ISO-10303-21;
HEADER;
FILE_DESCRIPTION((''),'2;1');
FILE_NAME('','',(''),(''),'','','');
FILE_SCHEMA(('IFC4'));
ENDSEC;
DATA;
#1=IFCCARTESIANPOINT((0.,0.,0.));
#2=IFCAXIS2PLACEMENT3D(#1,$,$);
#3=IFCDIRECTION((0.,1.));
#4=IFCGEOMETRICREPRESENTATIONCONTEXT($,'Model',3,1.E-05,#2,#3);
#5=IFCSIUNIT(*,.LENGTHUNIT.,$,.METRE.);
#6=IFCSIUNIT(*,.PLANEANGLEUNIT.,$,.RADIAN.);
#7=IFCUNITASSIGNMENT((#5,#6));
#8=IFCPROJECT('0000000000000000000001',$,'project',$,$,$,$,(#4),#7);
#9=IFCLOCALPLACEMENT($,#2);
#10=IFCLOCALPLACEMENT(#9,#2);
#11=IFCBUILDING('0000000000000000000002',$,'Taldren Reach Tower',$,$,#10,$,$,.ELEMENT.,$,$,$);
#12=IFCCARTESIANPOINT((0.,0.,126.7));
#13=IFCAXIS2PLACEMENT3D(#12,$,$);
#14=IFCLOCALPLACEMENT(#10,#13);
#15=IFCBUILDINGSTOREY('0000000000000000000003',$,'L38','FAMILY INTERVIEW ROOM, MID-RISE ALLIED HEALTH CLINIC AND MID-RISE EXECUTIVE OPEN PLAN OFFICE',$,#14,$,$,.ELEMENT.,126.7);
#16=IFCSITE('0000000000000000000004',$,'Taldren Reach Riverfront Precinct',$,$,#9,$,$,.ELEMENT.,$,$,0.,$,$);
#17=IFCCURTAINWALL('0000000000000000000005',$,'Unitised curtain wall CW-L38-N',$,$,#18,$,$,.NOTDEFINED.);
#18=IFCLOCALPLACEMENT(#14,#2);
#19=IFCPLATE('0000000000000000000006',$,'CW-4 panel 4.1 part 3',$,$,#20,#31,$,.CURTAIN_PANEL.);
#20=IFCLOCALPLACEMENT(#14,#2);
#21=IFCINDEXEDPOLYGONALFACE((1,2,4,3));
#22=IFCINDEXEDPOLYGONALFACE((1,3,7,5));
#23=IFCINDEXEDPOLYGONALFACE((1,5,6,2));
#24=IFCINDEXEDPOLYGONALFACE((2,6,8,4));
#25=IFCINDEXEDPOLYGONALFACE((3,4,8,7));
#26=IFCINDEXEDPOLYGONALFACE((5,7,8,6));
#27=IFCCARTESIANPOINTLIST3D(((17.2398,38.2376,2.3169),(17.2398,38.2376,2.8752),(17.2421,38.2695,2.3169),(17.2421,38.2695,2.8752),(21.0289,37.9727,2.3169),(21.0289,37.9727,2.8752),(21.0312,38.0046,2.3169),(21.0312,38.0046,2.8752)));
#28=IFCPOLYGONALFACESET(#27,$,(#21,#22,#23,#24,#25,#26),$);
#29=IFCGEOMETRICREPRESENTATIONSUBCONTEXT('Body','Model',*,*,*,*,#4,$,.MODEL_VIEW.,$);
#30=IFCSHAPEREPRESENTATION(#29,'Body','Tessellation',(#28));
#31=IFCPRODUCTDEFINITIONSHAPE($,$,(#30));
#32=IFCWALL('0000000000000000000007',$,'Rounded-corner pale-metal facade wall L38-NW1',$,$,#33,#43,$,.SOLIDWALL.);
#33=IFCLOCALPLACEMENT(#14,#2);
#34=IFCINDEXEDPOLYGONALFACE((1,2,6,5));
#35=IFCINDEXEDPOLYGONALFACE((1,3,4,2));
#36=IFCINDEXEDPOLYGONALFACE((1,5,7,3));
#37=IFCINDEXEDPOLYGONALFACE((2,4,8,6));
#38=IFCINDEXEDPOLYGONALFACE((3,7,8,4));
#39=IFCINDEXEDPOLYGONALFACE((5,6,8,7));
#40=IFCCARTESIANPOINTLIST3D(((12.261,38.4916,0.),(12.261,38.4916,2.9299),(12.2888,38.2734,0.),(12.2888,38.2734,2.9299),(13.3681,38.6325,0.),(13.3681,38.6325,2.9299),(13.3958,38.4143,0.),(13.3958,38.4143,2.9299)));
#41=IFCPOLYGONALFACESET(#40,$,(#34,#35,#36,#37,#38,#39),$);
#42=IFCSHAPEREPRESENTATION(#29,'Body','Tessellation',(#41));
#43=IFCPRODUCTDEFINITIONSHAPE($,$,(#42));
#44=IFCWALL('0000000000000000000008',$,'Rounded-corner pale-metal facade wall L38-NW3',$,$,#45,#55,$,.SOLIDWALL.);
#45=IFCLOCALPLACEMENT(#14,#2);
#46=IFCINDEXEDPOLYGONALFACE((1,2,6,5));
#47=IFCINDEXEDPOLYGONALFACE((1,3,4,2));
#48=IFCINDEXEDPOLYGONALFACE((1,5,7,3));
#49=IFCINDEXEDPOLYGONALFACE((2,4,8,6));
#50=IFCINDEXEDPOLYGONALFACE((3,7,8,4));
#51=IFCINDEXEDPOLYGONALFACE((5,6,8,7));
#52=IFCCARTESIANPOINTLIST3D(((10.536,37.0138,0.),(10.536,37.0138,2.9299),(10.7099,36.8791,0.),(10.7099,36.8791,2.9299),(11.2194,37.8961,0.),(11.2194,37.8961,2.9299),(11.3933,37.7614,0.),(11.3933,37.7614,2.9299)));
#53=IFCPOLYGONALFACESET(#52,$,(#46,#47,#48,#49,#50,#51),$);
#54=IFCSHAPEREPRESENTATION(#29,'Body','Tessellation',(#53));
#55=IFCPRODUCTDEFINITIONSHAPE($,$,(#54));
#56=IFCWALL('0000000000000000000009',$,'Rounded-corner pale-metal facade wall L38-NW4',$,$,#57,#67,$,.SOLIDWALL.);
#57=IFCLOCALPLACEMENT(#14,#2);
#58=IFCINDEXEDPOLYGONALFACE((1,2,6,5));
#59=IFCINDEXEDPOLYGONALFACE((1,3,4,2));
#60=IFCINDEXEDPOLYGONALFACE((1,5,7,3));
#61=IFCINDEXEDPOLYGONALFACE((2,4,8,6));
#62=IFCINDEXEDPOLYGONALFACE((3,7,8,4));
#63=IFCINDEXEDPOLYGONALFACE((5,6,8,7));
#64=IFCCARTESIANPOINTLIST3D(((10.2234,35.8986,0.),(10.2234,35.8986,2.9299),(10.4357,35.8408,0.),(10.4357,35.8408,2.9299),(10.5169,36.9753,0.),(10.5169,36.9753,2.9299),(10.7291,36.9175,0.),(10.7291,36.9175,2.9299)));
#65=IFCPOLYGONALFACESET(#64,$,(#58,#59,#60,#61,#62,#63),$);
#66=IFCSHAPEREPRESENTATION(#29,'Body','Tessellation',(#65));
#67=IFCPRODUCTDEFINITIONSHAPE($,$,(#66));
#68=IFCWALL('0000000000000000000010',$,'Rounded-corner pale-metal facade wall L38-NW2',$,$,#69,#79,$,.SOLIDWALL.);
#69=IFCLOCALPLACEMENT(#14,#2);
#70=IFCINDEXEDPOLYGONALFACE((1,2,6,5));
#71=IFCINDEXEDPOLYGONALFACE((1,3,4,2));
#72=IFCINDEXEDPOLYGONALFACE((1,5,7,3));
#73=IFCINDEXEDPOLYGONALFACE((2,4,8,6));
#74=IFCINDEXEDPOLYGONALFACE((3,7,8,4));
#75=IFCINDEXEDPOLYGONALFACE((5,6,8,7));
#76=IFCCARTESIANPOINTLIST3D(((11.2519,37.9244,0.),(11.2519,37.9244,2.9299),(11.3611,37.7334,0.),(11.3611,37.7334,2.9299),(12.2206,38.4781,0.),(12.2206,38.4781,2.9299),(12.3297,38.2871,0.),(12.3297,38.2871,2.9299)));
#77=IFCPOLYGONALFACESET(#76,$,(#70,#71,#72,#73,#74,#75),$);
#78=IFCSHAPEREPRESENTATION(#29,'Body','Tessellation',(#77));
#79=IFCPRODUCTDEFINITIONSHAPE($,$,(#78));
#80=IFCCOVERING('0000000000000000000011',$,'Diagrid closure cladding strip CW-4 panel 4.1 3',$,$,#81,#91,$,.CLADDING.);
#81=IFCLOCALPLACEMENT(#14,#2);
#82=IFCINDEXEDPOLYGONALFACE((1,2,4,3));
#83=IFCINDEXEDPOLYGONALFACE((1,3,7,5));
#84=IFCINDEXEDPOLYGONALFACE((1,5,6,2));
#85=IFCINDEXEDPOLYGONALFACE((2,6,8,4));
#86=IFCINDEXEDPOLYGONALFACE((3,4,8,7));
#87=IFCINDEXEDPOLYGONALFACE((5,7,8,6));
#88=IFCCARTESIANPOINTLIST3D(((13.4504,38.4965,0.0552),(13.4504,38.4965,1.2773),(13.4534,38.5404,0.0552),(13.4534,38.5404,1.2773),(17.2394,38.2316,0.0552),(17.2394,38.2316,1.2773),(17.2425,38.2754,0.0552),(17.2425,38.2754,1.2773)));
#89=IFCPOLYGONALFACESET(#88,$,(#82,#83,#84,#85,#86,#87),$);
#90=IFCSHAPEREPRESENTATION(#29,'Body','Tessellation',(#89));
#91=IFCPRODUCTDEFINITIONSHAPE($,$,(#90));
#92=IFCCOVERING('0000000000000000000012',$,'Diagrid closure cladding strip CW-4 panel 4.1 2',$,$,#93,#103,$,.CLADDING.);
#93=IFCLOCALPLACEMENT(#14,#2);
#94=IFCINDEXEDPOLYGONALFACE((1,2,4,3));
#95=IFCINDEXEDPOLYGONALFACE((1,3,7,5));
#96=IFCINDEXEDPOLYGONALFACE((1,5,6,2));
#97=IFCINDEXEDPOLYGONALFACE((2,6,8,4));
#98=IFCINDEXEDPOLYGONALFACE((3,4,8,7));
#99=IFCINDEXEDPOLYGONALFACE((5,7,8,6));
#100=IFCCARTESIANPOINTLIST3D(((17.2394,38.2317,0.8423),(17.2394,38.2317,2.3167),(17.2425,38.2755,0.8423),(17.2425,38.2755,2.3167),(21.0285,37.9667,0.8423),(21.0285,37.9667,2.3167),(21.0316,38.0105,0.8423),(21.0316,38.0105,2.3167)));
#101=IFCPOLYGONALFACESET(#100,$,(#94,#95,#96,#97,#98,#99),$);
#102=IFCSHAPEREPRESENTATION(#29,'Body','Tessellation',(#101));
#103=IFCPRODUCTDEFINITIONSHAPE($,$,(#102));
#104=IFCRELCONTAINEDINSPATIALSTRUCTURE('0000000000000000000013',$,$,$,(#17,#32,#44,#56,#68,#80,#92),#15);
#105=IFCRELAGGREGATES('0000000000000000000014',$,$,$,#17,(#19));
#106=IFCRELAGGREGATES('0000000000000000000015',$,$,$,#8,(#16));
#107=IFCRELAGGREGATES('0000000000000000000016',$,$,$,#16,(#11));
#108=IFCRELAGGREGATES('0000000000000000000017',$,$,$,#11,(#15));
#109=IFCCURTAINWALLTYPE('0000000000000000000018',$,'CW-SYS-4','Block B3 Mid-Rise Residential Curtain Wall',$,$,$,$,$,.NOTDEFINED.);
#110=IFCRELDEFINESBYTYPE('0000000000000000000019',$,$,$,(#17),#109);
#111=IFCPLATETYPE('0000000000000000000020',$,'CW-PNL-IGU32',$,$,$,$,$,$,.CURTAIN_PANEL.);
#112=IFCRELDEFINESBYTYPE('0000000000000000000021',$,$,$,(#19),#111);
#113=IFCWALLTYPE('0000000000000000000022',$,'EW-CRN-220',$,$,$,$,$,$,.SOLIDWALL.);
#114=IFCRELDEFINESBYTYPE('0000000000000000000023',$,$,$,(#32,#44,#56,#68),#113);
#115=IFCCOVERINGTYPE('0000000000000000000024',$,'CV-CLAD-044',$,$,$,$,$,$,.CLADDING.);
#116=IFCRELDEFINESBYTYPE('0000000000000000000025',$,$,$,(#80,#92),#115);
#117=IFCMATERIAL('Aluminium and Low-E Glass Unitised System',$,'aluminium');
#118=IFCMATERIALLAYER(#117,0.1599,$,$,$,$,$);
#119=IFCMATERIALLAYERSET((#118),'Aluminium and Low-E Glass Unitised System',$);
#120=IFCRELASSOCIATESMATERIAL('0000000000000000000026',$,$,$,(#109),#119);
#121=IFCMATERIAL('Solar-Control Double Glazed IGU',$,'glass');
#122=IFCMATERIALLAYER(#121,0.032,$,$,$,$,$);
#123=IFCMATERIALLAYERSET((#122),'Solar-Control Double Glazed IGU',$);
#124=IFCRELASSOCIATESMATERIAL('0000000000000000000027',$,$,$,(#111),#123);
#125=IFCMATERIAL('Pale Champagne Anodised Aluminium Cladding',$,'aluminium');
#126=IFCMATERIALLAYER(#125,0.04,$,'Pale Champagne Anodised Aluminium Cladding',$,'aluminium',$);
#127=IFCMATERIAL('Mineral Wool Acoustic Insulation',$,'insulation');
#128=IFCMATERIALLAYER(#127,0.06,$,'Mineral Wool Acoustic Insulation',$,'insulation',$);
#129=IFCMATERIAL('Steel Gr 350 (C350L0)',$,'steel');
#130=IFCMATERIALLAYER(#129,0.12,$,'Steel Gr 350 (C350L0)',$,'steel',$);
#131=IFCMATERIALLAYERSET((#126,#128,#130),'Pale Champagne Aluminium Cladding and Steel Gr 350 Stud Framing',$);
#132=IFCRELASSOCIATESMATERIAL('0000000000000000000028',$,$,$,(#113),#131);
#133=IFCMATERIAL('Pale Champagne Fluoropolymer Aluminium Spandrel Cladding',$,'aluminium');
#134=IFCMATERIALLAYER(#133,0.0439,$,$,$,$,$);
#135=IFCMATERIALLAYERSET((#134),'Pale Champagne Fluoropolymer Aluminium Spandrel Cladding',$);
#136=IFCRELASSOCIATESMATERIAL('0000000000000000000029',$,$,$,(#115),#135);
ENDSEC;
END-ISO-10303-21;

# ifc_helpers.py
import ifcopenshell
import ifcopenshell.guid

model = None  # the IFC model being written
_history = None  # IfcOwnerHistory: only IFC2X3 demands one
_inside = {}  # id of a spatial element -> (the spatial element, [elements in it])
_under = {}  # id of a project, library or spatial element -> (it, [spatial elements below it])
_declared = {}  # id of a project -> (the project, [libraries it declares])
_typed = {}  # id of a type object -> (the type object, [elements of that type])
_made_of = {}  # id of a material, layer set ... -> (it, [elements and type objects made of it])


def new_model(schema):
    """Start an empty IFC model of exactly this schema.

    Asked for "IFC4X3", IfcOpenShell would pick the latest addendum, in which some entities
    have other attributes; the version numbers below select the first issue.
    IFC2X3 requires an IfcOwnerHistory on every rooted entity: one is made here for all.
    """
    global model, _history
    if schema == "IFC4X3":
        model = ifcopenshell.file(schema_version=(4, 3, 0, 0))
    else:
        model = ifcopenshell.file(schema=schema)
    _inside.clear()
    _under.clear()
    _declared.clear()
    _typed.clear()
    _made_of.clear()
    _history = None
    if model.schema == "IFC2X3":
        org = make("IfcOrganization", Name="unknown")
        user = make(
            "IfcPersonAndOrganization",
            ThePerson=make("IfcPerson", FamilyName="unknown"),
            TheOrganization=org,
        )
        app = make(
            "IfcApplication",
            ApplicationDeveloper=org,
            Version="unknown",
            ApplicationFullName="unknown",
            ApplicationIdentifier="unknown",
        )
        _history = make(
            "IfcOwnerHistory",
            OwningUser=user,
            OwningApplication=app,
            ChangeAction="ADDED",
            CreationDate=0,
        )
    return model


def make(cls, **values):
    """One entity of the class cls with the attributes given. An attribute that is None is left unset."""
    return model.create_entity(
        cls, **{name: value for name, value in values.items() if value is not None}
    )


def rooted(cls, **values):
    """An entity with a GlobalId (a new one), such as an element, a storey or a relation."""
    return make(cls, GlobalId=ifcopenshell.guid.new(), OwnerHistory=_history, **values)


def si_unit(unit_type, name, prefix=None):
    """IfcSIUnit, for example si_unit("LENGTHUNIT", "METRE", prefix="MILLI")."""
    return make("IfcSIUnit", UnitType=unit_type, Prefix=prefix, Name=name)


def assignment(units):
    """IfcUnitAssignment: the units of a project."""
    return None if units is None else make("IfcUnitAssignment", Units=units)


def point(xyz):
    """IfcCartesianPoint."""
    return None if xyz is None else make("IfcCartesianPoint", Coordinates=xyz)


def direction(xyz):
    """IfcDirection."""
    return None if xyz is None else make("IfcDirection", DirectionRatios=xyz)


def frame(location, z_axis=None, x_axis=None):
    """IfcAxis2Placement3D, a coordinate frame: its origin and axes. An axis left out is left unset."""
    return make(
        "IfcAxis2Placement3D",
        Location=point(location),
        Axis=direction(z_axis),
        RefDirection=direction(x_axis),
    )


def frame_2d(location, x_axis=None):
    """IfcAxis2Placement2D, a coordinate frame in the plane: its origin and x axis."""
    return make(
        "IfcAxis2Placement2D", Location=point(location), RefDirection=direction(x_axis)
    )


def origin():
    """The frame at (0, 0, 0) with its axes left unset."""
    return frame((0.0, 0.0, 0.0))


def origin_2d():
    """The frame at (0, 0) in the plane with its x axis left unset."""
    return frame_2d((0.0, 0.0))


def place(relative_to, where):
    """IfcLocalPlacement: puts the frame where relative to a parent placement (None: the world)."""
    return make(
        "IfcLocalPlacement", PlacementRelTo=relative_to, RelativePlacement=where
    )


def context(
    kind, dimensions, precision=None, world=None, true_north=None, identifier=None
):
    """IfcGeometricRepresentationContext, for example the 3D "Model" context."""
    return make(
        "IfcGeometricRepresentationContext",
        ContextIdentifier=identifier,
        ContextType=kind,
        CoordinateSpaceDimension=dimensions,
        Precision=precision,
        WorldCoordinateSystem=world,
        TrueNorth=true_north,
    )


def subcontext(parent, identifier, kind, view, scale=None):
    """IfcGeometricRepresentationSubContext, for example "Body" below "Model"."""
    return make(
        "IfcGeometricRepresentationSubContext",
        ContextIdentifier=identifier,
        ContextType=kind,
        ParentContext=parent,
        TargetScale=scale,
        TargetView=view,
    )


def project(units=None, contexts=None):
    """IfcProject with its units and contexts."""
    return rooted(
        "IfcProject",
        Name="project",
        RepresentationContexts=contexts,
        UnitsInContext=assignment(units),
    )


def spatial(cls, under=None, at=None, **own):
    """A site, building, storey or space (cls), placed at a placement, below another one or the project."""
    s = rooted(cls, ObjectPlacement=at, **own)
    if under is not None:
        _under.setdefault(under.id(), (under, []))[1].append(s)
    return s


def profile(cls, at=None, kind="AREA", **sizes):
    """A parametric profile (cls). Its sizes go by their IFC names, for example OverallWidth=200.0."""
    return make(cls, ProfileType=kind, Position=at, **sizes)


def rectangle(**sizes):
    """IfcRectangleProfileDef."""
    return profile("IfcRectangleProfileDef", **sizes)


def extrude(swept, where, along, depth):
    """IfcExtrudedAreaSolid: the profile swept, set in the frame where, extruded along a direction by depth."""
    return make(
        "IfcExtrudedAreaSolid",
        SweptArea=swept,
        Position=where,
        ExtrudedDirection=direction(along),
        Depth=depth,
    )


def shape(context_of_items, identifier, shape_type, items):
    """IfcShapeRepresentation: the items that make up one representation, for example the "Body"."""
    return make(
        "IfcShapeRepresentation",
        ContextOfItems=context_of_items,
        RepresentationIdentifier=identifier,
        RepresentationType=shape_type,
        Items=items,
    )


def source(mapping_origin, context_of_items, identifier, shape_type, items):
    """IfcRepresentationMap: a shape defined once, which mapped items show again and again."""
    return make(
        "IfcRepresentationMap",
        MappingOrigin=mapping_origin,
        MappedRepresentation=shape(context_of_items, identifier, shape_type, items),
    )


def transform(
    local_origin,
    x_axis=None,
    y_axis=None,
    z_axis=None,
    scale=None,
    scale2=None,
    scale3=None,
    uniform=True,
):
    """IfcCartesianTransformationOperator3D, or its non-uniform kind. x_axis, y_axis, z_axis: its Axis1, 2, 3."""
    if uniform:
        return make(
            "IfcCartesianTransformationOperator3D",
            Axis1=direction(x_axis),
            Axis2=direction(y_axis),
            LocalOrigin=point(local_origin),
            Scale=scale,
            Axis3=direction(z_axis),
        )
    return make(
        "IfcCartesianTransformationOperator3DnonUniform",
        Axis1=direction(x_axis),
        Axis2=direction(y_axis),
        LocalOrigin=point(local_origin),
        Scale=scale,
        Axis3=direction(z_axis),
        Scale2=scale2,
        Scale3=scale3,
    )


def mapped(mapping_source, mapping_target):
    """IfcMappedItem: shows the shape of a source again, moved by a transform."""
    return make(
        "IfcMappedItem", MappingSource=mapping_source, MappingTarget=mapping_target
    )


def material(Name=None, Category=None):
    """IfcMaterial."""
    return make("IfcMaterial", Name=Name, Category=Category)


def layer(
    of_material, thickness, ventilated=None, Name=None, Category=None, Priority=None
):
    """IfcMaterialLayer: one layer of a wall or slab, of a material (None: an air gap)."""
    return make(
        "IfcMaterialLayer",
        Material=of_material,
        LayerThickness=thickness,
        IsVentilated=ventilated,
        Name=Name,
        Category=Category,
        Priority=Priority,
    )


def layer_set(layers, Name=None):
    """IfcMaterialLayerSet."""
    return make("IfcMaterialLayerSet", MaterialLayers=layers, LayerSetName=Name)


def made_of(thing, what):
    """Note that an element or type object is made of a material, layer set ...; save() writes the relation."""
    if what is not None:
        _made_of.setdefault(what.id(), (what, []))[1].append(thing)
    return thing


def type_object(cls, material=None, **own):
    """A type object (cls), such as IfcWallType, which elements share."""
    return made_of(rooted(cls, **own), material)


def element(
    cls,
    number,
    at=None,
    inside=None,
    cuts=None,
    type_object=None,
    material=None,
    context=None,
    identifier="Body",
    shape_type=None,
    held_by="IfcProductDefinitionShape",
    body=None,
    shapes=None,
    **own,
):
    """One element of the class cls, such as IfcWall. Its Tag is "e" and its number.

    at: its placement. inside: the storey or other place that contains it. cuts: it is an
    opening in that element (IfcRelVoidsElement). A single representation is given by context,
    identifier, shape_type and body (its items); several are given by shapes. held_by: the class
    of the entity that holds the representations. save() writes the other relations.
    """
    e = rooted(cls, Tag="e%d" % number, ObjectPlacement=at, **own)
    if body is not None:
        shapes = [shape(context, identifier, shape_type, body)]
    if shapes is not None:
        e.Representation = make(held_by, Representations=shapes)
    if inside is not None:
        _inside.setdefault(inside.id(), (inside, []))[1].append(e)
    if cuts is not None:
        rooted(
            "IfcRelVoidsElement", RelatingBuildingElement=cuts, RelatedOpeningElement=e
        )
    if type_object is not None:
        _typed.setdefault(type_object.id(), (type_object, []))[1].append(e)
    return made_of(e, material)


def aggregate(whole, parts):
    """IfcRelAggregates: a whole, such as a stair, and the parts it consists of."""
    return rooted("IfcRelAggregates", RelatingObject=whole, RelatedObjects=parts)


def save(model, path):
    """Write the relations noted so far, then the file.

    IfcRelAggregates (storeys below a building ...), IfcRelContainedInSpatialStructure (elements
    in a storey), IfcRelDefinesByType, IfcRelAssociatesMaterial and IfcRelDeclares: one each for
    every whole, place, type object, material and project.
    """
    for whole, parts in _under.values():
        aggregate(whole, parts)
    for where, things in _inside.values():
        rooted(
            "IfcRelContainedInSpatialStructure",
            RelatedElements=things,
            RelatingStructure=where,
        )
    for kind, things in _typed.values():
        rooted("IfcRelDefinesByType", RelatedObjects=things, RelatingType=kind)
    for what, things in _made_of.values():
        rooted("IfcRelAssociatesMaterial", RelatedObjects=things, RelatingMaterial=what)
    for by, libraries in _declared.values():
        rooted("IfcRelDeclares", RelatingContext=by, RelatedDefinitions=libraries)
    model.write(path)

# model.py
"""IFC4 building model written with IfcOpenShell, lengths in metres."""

from ifc_helpers import new_model, si_unit, direction, frame, frame_2d, origin, origin_2d, place, context, subcontext, project, spatial, rectangle, extrude, source, transform, mapped, material, layer, layer_set, type_object, element, aggregate, save


model = new_model("IFC4")

# Units and contexts
model_context = context("Model", 3, precision=1e-05, world=origin(), true_north=direction((0.0, 1.0)))
body_context = subcontext(model_context, "Body", "Model", "MODEL_VIEW")
ifc_project = project(units=[si_unit("LENGTHUNIT", "METRE"), si_unit("PLANEANGLEUNIT", "RADIAN")], contexts=[model_context])

# Site, building, storey
site_placement = place(None, origin())
site = spatial("IfcSite", under=ifc_project, at=site_placement, Name="Taldren Reach Riverfront Precinct", CompositionType="ELEMENT", RefElevation=0.0)
building_placement = place(site_placement, origin())
building = spatial("IfcBuilding", under=site, at=building_placement, Name="Taldren Reach Tower", CompositionType="ELEMENT")
storey_placement = place(building_placement, frame((0.0, 0.0, 126.7)))
storey = spatial("IfcBuildingStorey", under=building, at=storey_placement, Name="L38", Description="FAMILY INTERVIEW ROOM, MID-RISE ALLIED HEALTH CLINIC AND MID-RISE EXECUTIVE OPEN PLAN OFFICE", CompositionType="ELEMENT", Elevation=126.7)

# Shared definitions
ifc_material_1 = material(Name="Steel Gr 350 (C350L0)", Category="steel")

# Shared definitions
ifc_material_2 = material(Name="Aluminium and Low-E Glass Unitised System", Category="aluminium")
ifc_layer_1 = layer(ifc_material_2, 0.1599)
ifc_layer_set_1 = layer_set([ifc_layer_1], Name="Aluminium and Low-E Glass Unitised System")
curtain_wall_type = type_object("IfcCurtainWallType", Name="CW-SYS-4", Description="Block B3 Mid-Rise Residential Curtain Wall", PredefinedType="NOTDEFINED", material=ifc_layer_set_1)

# Curtain wall
curtain_wall_1_placement = place(storey_placement, origin())
curtain_wall_1 = element("IfcCurtainWall", 1, at=curtain_wall_1_placement, inside=storey, type_object=curtain_wall_type, Name="Unitised curtain wall CW-L38-N", PredefinedType="NOTDEFINED")

# Plate
ifc_material_3 = material(Name="Solar-Control Double Glazed IGU", Category="glass")
ifc_layer_2 = layer(ifc_material_3, 0.032)
ifc_layer_set_2 = layer_set([ifc_layer_2], Name="Solar-Control Double Glazed IGU")
plate_type_1 = type_object("IfcPlateType", Name="CW-PNL-IGU32", PredefinedType="CURTAIN_PANEL", material=ifc_layer_set_2)
shared_shape_1 = source(origin(), body_context, "Body", "SweptSolid", [
    extrude(rectangle(XDim=3.7983, YDim=0.032, at=origin_2d()), origin(), (0.0, 0.0, 1.0), 0.5583),
])
plate_1_placement = place(storey_placement, frame((19.1355, 38.1211, 2.3169), z_axis=(0.0, 0.0, 1.0), x_axis=(-0.997564, 0.069757, 0.0)))
plate_1 = element("IfcPlate", 2, at=plate_1_placement, type_object=plate_type_1, Name="CW-4 panel 4.1 part 3", PredefinedType="CURTAIN_PANEL", context=body_context, shape_type="MappedRepresentation", body=[
    mapped(shared_shape_1, transform((0.0, 0.0, 0.0), scale=1.0)),
])
aggregate(curtain_wall_1, [plate_1])

# Walls
ifc_material_4 = material(Name="Pale Champagne Anodised Aluminium Cladding", Category="aluminium")
ifc_layer_3 = layer(ifc_material_4, 0.04, Name="Pale Champagne Anodised Aluminium Cladding", Category="aluminium")
ifc_material_5 = material(Name="Mineral Wool Acoustic Insulation", Category="insulation")
ifc_layer_4 = layer(ifc_material_5, 0.06, Name="Mineral Wool Acoustic Insulation", Category="insulation")
ifc_layer_5 = layer(ifc_material_1, 0.12, Name="Steel Gr 350 (C350L0)", Category="steel")
ifc_layer_set_3 = layer_set([ifc_layer_3, ifc_layer_4, ifc_layer_5], Name="Pale Champagne Aluminium Cladding and Steel Gr 350 Stud Framing")
wall_type = type_object("IfcWallType", Name="EW-CRN-220", PredefinedType="SOLIDWALL", material=ifc_layer_set_3)
shared_shape_2 = source(origin(), body_context, "Body", "SweptSolid", [
    extrude(rectangle(XDim=1.116, YDim=0.22, at=frame_2d((0.5581, 0.0))), origin(), (0.0, 0.0, 1.0), 2.9299),
])
for number, where, z_axis, x_axis, name in (
    (3, (13.3821, 38.5234, 0.0), (0.0, 0.0, 1.0), (-0.991999, -0.126243, 0.0), "Rounded-corner pale-metal facade wall L38-NW1"),
    (4, (11.3064, 37.8289, 0.0), (0.0, 0.0, 1.0), (-0.612319, -0.790611, 0.0), "Rounded-corner pale-metal facade wall L38-NW3"),
    (5, (10.623, 36.9465, 0.0), (0.0, 0.0, 1.0), (-0.262969, -0.964804, 0.0), "Rounded-corner pale-metal facade wall L38-NW4"),
):
    element("IfcWall", number, at=place(storey_placement, frame(where, z_axis=z_axis, x_axis=x_axis)), inside=storey, type_object=wall_type, Name=name, PredefinedType="SOLIDWALL", context=body_context, shape_type="MappedRepresentation", body=[
        mapped(shared_shape_2, transform((0.0, 0.0, 0.0), scale=1.0)),
    ])
shared_shape_3 = source(origin(), body_context, "Body", "SweptSolid", [
    extrude(rectangle(XDim=1.1157, YDim=0.22, at=frame_2d((0.5579, 0.0))), origin(), (0.0, 0.0, 1.0), 2.9299),
])
wall_placement = place(storey_placement, frame((12.2751, 38.3826, 0.0), z_axis=(0.0, 0.0, 1.0), x_axis=(-0.868189, -0.496233, 0.0)))
element("IfcWall", 6, at=wall_placement, inside=storey, type_object=wall_type, Name="Rounded-corner pale-metal facade wall L38-NW2", PredefinedType="SOLIDWALL", context=body_context, shape_type="MappedRepresentation", body=[
    mapped(shared_shape_3, transform((0.0, 0.0, 0.0), scale=1.0)),
])

# Coverings
ifc_material_6 = material(Name="Pale Champagne Fluoropolymer Aluminium Spandrel Cladding", Category="aluminium")
ifc_layer_6 = layer(ifc_material_6, 0.0439)
ifc_layer_set_4 = layer_set([ifc_layer_6], Name="Pale Champagne Fluoropolymer Aluminium Spandrel Cladding")
covering_type = type_object("IfcCoveringType", Name="CV-CLAD-044", PredefinedType="CLADDING", material=ifc_layer_set_4)
shared_shape_4 = source(origin(), body_context, "Body", "SweptSolid", [
    extrude(rectangle(XDim=3.7983, YDim=0.0439, at=origin_2d()), origin(), (0.0, 0.0, 1.0), 1.2222),
])
covering_1_placement = place(storey_placement, frame((15.3464, 38.386, 0.0552), z_axis=(0.0, 0.0, 1.0), x_axis=(-0.997564, 0.069757, 0.0)))
element("IfcCovering", 7, at=covering_1_placement, inside=storey, type_object=covering_type, Name="Diagrid closure cladding strip CW-4 panel 4.1 3", PredefinedType="CLADDING", context=body_context, shape_type="MappedRepresentation", body=[
    mapped(shared_shape_4, transform((0.0, 0.0, 0.0), scale=1.0)),
])
shared_shape_5 = source(origin(), body_context, "Body", "SweptSolid", [
    extrude(rectangle(XDim=3.7983, YDim=0.0439, at=origin_2d()), origin(), (0.0, 0.0, 1.0), 1.4744),
])
covering_2_placement = place(storey_placement, frame((19.1355, 38.1211, 0.8423), z_axis=(0.0, 0.0, 1.0), x_axis=(-0.997564, 0.069757, 0.0)))
element("IfcCovering", 8, at=covering_2_placement, inside=storey, type_object=covering_type, Name="Diagrid closure cladding strip CW-4 panel 4.1 2", PredefinedType="CLADDING", context=body_context, shape_type="MappedRepresentation", body=[
    mapped(shared_shape_5, transform((0.0, 0.0, 0.0), scale=1.0)),
])

save(model, "model.ifc")
